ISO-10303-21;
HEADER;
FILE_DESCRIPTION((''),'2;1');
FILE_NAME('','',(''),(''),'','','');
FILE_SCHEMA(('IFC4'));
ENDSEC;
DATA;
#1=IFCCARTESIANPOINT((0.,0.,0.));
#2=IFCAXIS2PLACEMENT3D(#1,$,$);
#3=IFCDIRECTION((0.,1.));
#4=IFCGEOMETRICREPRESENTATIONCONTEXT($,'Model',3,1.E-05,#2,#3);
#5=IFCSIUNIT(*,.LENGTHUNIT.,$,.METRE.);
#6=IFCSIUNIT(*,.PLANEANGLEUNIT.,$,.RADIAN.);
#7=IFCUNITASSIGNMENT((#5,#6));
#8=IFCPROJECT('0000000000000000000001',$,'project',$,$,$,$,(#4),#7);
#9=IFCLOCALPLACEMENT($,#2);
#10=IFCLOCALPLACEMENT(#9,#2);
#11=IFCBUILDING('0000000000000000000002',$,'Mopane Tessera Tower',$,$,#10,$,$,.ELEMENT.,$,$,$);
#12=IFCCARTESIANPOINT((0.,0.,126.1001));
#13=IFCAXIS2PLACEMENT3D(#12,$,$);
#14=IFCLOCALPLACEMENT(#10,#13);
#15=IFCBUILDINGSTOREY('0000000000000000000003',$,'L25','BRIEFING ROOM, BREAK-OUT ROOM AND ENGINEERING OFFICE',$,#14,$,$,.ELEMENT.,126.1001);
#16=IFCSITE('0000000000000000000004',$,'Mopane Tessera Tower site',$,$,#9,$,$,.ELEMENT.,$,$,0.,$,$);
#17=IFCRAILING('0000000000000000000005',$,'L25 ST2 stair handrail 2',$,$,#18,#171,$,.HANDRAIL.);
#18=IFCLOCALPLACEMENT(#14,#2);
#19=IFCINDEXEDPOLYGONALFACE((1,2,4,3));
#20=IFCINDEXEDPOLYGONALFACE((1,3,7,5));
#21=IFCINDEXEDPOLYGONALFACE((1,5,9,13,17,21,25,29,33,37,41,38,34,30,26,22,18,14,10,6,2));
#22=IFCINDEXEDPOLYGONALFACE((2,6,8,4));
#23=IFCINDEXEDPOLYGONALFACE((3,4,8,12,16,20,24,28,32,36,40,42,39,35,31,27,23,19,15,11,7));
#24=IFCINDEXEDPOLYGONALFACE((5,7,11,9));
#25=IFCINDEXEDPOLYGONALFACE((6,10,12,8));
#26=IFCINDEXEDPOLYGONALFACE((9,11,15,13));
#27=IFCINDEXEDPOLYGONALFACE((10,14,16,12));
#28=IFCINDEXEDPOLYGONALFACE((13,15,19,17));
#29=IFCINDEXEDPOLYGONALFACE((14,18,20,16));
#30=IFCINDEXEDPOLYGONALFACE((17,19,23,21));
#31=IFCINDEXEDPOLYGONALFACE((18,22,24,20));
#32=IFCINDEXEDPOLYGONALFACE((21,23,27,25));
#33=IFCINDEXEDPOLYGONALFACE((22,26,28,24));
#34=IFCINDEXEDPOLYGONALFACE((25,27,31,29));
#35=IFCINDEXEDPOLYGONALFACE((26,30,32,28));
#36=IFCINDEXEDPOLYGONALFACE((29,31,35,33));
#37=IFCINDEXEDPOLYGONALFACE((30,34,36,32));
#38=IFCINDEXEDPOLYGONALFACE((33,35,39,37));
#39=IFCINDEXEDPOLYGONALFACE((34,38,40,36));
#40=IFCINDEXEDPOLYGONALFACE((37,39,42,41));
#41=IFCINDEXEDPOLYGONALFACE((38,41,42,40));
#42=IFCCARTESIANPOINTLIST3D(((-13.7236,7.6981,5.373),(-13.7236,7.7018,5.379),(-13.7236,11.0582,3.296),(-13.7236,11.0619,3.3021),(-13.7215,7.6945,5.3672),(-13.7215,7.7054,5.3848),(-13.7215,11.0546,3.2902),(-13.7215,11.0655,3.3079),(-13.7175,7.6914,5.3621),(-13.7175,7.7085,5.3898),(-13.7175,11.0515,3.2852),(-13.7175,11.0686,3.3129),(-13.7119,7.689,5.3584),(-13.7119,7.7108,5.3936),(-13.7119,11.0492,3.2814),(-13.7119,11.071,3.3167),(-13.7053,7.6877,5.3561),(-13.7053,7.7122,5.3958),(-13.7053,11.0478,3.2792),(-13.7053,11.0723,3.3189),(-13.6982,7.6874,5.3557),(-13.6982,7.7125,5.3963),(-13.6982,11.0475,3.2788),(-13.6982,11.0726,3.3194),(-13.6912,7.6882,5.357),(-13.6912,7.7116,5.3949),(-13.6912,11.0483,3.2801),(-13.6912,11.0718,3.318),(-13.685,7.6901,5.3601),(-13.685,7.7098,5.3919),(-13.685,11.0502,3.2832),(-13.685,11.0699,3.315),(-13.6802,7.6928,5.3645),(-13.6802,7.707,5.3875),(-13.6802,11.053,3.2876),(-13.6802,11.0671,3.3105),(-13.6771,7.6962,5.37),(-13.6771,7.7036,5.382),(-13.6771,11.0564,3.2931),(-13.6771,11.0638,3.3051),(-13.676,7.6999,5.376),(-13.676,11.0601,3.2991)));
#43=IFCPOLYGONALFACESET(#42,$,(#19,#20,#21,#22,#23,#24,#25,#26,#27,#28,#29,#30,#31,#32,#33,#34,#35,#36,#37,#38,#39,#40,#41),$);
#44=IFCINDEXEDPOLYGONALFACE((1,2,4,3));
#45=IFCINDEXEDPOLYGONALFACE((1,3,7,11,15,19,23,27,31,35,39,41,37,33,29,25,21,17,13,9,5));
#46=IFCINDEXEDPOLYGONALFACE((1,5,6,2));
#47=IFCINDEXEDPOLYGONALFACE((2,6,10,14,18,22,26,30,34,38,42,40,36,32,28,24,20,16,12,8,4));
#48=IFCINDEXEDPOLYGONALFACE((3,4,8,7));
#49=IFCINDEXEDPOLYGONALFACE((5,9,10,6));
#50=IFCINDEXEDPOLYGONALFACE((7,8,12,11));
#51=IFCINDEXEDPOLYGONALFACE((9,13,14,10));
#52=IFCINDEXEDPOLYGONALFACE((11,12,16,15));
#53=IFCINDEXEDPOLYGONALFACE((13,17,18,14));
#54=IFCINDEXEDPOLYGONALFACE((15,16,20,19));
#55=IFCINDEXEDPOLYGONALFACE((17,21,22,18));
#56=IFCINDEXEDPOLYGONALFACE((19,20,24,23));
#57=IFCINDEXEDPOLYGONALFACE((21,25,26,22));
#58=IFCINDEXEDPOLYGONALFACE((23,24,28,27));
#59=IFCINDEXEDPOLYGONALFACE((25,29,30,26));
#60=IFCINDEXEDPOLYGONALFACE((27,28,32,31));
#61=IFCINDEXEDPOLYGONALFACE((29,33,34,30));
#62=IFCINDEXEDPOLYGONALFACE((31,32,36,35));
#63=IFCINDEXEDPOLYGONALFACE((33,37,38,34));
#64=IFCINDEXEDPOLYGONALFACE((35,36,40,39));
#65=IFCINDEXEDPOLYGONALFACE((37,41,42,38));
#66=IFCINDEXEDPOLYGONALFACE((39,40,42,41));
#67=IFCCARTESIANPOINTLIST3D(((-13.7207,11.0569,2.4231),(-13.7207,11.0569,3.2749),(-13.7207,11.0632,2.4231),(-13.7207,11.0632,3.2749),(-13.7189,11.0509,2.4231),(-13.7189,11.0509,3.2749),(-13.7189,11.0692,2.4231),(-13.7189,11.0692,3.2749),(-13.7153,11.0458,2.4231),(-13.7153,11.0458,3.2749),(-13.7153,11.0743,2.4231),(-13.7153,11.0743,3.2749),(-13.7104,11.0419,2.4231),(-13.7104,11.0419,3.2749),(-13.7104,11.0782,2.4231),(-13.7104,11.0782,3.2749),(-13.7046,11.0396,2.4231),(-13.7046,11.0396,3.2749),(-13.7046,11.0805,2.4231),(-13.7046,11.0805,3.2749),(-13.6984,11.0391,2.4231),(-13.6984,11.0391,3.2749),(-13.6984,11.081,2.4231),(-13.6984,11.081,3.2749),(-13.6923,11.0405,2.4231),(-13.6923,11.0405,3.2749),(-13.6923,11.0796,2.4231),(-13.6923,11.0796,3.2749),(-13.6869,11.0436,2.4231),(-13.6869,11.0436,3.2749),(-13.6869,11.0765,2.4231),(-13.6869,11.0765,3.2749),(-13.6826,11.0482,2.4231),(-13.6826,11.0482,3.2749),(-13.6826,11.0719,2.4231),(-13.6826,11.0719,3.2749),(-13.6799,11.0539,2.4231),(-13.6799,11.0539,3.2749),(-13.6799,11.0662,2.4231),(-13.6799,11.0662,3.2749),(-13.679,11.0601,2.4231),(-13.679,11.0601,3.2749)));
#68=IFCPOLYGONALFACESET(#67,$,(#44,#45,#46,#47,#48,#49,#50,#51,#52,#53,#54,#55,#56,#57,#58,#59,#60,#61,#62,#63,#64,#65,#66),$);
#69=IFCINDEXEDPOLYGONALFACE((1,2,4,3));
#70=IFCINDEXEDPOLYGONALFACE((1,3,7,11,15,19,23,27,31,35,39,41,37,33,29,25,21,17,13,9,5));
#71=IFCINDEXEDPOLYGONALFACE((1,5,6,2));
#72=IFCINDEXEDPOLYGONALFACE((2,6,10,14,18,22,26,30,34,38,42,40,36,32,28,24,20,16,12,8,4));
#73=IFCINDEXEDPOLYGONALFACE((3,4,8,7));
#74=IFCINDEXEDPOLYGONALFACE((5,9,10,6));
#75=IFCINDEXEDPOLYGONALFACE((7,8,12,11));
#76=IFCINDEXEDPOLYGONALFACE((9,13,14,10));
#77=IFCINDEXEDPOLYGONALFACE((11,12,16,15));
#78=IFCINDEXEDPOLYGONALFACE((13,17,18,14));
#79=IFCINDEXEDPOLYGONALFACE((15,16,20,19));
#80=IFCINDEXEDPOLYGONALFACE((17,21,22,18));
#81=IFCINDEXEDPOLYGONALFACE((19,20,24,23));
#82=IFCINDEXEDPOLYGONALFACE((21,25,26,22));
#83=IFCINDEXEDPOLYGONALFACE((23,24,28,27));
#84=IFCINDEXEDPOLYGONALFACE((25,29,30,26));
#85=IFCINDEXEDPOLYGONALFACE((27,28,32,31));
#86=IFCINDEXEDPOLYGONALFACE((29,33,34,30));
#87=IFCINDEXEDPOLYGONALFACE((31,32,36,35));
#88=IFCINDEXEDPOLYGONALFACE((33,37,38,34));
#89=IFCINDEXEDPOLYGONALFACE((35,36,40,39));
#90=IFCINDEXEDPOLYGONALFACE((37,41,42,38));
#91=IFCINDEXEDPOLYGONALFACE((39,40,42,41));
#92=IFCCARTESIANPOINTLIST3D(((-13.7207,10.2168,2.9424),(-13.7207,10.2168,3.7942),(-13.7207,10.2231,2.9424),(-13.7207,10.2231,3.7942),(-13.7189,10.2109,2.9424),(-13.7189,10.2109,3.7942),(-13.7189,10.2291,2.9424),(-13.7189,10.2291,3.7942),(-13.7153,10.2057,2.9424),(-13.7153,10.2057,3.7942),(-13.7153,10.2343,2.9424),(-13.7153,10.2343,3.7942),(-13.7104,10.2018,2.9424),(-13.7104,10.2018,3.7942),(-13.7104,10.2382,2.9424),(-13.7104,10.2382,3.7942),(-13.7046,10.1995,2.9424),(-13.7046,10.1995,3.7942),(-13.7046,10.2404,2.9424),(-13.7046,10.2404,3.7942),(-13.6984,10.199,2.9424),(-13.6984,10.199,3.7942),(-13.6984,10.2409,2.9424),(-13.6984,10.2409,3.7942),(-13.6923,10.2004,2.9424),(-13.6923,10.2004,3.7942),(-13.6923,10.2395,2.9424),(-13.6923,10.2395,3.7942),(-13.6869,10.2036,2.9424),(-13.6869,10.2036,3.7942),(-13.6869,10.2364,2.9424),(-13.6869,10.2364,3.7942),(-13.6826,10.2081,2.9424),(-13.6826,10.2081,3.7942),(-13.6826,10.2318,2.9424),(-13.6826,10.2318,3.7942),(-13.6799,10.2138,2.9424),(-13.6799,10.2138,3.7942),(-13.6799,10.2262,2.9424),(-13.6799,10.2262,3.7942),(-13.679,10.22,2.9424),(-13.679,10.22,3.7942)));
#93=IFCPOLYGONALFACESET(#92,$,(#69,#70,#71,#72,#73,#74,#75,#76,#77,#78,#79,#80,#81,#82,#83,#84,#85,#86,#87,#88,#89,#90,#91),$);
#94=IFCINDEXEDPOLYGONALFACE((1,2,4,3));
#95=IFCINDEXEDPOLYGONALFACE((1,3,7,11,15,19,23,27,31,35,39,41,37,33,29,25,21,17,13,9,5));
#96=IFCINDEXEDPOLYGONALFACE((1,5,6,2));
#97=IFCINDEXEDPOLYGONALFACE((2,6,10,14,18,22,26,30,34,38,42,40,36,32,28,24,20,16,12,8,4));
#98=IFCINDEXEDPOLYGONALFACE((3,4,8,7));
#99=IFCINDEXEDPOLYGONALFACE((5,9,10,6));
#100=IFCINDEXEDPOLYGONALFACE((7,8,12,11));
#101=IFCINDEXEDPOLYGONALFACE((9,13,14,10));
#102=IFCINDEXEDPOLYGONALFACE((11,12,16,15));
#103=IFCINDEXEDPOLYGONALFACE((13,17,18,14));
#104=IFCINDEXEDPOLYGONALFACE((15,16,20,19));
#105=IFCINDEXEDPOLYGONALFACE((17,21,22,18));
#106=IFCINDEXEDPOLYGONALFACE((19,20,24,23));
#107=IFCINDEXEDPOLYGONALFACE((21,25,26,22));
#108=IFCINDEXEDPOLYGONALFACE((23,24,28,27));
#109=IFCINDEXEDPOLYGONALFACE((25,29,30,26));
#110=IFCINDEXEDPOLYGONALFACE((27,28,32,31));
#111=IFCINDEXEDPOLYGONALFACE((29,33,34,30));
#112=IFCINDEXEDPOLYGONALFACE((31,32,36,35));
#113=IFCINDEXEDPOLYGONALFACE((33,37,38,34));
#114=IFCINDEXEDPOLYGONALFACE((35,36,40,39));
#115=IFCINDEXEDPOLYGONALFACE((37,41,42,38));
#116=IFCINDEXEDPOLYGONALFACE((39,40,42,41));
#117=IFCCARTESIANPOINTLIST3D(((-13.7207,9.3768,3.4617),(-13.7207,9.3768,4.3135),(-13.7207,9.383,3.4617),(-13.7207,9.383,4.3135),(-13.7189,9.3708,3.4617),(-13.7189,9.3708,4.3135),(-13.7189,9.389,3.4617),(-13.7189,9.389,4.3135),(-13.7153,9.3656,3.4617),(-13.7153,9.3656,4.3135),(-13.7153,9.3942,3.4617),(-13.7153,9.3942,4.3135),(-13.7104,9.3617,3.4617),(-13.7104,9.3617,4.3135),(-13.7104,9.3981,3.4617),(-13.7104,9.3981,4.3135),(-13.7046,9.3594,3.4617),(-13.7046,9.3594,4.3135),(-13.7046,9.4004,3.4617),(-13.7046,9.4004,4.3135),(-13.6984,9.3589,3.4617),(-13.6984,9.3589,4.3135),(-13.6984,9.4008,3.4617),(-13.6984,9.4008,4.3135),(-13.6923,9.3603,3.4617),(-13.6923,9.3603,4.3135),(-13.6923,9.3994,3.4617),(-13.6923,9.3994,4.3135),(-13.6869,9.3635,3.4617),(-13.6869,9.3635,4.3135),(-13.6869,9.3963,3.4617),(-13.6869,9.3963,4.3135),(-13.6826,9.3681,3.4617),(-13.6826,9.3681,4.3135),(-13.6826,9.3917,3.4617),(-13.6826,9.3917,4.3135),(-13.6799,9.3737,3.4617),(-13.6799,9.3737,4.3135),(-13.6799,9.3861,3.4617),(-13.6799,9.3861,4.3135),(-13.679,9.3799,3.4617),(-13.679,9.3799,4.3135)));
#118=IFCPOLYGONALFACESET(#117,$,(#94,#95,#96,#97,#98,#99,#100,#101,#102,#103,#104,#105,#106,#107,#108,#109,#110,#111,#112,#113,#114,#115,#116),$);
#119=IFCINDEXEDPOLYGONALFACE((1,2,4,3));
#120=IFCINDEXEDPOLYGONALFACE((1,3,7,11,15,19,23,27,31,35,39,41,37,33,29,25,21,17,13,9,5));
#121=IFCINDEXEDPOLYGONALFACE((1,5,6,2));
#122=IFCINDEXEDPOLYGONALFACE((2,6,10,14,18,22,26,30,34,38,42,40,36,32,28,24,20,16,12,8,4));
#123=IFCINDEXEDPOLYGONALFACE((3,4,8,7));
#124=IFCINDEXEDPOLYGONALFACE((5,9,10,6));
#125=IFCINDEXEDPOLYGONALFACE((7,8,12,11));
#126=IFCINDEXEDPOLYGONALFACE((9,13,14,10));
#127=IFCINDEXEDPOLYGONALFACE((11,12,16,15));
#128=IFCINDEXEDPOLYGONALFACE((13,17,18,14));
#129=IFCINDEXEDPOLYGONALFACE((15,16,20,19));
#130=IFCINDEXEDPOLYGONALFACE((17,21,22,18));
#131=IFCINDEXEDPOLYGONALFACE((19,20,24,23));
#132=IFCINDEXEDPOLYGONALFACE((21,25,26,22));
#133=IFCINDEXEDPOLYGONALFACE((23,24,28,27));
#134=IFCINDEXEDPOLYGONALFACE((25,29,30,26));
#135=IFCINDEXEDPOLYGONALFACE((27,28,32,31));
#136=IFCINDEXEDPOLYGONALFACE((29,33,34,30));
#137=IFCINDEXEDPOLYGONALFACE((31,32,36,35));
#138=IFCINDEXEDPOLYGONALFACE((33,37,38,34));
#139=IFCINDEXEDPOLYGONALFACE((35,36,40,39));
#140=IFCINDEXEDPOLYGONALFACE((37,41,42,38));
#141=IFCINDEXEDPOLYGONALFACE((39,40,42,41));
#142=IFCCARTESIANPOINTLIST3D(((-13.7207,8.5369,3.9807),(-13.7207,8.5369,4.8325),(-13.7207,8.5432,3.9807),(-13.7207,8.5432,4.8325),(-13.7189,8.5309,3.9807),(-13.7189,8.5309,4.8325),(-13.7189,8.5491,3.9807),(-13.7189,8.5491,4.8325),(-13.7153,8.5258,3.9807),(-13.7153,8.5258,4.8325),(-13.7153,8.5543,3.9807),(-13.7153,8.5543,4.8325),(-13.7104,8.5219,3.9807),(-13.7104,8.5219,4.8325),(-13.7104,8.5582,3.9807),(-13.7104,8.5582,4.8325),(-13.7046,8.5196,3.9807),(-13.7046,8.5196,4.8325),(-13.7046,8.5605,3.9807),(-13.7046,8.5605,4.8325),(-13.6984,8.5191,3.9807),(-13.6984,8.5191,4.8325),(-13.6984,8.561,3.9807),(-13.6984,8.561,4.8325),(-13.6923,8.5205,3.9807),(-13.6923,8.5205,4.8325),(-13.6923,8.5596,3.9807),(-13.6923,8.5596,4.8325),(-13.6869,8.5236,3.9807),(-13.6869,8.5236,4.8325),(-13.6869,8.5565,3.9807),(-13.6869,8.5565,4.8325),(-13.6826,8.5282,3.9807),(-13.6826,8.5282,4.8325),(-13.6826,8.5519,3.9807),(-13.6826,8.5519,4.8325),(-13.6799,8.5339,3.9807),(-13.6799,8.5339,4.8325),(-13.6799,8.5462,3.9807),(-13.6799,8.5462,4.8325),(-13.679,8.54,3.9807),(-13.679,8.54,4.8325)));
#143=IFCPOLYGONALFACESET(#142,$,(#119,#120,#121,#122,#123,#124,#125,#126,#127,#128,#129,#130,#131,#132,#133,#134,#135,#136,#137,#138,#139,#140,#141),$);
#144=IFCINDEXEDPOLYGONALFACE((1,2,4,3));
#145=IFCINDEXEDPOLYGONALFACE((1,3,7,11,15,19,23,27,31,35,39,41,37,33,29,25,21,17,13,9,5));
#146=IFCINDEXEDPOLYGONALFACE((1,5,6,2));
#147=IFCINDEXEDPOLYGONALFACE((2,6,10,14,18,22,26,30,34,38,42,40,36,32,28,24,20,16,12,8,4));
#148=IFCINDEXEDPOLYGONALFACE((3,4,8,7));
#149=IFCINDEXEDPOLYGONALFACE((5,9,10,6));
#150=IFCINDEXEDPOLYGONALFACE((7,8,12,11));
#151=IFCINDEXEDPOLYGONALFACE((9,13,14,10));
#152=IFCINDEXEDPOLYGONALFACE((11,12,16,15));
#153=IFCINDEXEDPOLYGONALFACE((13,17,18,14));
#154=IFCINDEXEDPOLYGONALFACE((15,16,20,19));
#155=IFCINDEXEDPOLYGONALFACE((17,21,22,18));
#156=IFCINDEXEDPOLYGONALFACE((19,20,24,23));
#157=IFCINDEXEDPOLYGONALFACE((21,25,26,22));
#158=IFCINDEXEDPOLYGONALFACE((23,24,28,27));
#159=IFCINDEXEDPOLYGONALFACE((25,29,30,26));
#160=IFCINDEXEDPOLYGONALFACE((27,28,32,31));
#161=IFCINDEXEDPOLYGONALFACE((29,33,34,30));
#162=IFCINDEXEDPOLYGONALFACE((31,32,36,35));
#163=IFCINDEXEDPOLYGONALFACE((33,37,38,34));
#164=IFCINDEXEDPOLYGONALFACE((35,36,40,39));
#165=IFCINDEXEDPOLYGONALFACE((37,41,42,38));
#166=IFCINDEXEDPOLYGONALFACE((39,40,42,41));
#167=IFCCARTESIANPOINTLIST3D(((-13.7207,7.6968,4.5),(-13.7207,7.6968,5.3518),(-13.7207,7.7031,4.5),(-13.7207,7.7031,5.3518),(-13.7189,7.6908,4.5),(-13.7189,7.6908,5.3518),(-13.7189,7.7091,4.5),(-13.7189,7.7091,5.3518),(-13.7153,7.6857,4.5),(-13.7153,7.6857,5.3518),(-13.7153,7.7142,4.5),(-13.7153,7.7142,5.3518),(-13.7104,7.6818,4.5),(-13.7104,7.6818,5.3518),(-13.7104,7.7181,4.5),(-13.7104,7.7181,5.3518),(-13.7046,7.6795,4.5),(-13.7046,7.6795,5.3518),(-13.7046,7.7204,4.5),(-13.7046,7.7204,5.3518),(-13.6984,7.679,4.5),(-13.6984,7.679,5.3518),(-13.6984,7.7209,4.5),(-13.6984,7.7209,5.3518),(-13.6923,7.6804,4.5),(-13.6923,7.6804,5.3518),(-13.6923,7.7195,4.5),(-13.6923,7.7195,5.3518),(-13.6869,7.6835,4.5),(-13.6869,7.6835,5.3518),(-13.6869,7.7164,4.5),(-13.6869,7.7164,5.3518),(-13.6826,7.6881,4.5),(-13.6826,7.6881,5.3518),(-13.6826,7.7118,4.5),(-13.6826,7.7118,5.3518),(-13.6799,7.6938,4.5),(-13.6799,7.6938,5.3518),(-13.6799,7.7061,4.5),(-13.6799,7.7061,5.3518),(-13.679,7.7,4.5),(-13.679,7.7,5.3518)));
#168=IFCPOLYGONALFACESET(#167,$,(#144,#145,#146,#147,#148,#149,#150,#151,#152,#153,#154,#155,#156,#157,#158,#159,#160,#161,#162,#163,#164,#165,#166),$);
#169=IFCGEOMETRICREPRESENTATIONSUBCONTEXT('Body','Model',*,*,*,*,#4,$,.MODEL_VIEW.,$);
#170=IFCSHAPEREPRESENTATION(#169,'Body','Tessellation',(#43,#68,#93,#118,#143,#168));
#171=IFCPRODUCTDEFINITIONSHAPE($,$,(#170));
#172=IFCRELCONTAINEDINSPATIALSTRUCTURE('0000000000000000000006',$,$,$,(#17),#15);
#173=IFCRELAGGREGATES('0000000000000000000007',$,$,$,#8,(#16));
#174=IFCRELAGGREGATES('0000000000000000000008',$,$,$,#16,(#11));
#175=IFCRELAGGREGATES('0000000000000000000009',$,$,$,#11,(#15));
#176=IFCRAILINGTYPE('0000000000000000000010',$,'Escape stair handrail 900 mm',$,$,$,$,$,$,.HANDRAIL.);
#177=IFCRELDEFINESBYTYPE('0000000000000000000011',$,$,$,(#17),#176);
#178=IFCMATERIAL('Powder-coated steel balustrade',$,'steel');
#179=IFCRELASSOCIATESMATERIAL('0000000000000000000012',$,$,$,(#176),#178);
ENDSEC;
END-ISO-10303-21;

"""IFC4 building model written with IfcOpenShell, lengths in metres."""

from ifc_helpers import new_model, si_unit, direction, frame, origin, origin_2d, place, context, subcontext, project, spatial, circle, extrude, material, type_object, element, save


model = new_model("IFC4")

# Units and contexts
model_context = context("Model", 3, precision=1e-05, world=origin(), true_north=direction((0.0, 1.0)))
body_context = subcontext(model_context, "Body", "Model", "MODEL_VIEW")
ifc_project = project(units=[si_unit("LENGTHUNIT", "METRE"), si_unit("PLANEANGLEUNIT", "RADIAN")], contexts=[model_context])

# Site, building, storey
site_placement = place(None, origin())
site = spatial("IfcSite", under=ifc_project, at=site_placement, Name="Mopane Tessera Tower site", CompositionType="ELEMENT", RefElevation=0.0)
building_placement = place(site_placement, origin())
building = spatial("IfcBuilding", under=site, at=building_placement, Name="Mopane Tessera Tower", CompositionType="ELEMENT")
storey_placement = place(building_placement, frame((0.0, 0.0, 126.1001)))
storey = spatial("IfcBuildingStorey", under=building, at=storey_placement, Name="L25", Description="BRIEFING ROOM, BREAK-OUT ROOM AND ENGINEERING OFFICE", CompositionType="ELEMENT", Elevation=126.1001)

# Railing
ifc_material_1 = material(Name="Powder-coated steel balustrade", Category="steel")
railing_type = type_object("IfcRailingType", Name="Escape stair handrail 900 mm", PredefinedType="HANDRAIL", material=ifc_material_1)
railing_placement = place(storey_placement, frame((-13.7, 11.0601, 2.4231)))
element("IfcRailing", 1, at=railing_placement, inside=storey, type_object=railing_type, Name="L25 ST2 stair handrail 2", PredefinedType="HANDRAIL", context=body_context, shape_type="SweptSolid", body=[
    extrude(circle(Radius=0.0239, at=origin_2d()), frame((0.0, 0.0, 0.876), z_axis=(0.0, -0.850623, 0.525776), x_axis=(1.0, 0.0, 0.0)), (0.0, 0.0, 1.0), 3.9502),
    extrude(circle(Radius=0.021, at=origin_2d()), origin(), (0.0, 0.0, 1.0), 0.8518),
    extrude(circle(Radius=0.021, at=origin_2d()), frame((0.0, -0.8401, 0.5193)), (0.0, 0.0, 1.0), 0.8518),
    extrude(circle(Radius=0.021, at=origin_2d()), frame((0.0, -1.6802, 1.0386)), (0.0, 0.0, 1.0), 0.8518),
    extrude(circle(Radius=0.021, at=origin_2d()), frame((0.0, -2.52, 1.5576)), (0.0, 0.0, 1.0), 0.8518),
    extrude(circle(Radius=0.021, at=origin_2d()), frame((0.0, -3.3601, 2.0769)), (0.0, 0.0, 1.0), 0.8518),
])

save(model, "model.ifc")
